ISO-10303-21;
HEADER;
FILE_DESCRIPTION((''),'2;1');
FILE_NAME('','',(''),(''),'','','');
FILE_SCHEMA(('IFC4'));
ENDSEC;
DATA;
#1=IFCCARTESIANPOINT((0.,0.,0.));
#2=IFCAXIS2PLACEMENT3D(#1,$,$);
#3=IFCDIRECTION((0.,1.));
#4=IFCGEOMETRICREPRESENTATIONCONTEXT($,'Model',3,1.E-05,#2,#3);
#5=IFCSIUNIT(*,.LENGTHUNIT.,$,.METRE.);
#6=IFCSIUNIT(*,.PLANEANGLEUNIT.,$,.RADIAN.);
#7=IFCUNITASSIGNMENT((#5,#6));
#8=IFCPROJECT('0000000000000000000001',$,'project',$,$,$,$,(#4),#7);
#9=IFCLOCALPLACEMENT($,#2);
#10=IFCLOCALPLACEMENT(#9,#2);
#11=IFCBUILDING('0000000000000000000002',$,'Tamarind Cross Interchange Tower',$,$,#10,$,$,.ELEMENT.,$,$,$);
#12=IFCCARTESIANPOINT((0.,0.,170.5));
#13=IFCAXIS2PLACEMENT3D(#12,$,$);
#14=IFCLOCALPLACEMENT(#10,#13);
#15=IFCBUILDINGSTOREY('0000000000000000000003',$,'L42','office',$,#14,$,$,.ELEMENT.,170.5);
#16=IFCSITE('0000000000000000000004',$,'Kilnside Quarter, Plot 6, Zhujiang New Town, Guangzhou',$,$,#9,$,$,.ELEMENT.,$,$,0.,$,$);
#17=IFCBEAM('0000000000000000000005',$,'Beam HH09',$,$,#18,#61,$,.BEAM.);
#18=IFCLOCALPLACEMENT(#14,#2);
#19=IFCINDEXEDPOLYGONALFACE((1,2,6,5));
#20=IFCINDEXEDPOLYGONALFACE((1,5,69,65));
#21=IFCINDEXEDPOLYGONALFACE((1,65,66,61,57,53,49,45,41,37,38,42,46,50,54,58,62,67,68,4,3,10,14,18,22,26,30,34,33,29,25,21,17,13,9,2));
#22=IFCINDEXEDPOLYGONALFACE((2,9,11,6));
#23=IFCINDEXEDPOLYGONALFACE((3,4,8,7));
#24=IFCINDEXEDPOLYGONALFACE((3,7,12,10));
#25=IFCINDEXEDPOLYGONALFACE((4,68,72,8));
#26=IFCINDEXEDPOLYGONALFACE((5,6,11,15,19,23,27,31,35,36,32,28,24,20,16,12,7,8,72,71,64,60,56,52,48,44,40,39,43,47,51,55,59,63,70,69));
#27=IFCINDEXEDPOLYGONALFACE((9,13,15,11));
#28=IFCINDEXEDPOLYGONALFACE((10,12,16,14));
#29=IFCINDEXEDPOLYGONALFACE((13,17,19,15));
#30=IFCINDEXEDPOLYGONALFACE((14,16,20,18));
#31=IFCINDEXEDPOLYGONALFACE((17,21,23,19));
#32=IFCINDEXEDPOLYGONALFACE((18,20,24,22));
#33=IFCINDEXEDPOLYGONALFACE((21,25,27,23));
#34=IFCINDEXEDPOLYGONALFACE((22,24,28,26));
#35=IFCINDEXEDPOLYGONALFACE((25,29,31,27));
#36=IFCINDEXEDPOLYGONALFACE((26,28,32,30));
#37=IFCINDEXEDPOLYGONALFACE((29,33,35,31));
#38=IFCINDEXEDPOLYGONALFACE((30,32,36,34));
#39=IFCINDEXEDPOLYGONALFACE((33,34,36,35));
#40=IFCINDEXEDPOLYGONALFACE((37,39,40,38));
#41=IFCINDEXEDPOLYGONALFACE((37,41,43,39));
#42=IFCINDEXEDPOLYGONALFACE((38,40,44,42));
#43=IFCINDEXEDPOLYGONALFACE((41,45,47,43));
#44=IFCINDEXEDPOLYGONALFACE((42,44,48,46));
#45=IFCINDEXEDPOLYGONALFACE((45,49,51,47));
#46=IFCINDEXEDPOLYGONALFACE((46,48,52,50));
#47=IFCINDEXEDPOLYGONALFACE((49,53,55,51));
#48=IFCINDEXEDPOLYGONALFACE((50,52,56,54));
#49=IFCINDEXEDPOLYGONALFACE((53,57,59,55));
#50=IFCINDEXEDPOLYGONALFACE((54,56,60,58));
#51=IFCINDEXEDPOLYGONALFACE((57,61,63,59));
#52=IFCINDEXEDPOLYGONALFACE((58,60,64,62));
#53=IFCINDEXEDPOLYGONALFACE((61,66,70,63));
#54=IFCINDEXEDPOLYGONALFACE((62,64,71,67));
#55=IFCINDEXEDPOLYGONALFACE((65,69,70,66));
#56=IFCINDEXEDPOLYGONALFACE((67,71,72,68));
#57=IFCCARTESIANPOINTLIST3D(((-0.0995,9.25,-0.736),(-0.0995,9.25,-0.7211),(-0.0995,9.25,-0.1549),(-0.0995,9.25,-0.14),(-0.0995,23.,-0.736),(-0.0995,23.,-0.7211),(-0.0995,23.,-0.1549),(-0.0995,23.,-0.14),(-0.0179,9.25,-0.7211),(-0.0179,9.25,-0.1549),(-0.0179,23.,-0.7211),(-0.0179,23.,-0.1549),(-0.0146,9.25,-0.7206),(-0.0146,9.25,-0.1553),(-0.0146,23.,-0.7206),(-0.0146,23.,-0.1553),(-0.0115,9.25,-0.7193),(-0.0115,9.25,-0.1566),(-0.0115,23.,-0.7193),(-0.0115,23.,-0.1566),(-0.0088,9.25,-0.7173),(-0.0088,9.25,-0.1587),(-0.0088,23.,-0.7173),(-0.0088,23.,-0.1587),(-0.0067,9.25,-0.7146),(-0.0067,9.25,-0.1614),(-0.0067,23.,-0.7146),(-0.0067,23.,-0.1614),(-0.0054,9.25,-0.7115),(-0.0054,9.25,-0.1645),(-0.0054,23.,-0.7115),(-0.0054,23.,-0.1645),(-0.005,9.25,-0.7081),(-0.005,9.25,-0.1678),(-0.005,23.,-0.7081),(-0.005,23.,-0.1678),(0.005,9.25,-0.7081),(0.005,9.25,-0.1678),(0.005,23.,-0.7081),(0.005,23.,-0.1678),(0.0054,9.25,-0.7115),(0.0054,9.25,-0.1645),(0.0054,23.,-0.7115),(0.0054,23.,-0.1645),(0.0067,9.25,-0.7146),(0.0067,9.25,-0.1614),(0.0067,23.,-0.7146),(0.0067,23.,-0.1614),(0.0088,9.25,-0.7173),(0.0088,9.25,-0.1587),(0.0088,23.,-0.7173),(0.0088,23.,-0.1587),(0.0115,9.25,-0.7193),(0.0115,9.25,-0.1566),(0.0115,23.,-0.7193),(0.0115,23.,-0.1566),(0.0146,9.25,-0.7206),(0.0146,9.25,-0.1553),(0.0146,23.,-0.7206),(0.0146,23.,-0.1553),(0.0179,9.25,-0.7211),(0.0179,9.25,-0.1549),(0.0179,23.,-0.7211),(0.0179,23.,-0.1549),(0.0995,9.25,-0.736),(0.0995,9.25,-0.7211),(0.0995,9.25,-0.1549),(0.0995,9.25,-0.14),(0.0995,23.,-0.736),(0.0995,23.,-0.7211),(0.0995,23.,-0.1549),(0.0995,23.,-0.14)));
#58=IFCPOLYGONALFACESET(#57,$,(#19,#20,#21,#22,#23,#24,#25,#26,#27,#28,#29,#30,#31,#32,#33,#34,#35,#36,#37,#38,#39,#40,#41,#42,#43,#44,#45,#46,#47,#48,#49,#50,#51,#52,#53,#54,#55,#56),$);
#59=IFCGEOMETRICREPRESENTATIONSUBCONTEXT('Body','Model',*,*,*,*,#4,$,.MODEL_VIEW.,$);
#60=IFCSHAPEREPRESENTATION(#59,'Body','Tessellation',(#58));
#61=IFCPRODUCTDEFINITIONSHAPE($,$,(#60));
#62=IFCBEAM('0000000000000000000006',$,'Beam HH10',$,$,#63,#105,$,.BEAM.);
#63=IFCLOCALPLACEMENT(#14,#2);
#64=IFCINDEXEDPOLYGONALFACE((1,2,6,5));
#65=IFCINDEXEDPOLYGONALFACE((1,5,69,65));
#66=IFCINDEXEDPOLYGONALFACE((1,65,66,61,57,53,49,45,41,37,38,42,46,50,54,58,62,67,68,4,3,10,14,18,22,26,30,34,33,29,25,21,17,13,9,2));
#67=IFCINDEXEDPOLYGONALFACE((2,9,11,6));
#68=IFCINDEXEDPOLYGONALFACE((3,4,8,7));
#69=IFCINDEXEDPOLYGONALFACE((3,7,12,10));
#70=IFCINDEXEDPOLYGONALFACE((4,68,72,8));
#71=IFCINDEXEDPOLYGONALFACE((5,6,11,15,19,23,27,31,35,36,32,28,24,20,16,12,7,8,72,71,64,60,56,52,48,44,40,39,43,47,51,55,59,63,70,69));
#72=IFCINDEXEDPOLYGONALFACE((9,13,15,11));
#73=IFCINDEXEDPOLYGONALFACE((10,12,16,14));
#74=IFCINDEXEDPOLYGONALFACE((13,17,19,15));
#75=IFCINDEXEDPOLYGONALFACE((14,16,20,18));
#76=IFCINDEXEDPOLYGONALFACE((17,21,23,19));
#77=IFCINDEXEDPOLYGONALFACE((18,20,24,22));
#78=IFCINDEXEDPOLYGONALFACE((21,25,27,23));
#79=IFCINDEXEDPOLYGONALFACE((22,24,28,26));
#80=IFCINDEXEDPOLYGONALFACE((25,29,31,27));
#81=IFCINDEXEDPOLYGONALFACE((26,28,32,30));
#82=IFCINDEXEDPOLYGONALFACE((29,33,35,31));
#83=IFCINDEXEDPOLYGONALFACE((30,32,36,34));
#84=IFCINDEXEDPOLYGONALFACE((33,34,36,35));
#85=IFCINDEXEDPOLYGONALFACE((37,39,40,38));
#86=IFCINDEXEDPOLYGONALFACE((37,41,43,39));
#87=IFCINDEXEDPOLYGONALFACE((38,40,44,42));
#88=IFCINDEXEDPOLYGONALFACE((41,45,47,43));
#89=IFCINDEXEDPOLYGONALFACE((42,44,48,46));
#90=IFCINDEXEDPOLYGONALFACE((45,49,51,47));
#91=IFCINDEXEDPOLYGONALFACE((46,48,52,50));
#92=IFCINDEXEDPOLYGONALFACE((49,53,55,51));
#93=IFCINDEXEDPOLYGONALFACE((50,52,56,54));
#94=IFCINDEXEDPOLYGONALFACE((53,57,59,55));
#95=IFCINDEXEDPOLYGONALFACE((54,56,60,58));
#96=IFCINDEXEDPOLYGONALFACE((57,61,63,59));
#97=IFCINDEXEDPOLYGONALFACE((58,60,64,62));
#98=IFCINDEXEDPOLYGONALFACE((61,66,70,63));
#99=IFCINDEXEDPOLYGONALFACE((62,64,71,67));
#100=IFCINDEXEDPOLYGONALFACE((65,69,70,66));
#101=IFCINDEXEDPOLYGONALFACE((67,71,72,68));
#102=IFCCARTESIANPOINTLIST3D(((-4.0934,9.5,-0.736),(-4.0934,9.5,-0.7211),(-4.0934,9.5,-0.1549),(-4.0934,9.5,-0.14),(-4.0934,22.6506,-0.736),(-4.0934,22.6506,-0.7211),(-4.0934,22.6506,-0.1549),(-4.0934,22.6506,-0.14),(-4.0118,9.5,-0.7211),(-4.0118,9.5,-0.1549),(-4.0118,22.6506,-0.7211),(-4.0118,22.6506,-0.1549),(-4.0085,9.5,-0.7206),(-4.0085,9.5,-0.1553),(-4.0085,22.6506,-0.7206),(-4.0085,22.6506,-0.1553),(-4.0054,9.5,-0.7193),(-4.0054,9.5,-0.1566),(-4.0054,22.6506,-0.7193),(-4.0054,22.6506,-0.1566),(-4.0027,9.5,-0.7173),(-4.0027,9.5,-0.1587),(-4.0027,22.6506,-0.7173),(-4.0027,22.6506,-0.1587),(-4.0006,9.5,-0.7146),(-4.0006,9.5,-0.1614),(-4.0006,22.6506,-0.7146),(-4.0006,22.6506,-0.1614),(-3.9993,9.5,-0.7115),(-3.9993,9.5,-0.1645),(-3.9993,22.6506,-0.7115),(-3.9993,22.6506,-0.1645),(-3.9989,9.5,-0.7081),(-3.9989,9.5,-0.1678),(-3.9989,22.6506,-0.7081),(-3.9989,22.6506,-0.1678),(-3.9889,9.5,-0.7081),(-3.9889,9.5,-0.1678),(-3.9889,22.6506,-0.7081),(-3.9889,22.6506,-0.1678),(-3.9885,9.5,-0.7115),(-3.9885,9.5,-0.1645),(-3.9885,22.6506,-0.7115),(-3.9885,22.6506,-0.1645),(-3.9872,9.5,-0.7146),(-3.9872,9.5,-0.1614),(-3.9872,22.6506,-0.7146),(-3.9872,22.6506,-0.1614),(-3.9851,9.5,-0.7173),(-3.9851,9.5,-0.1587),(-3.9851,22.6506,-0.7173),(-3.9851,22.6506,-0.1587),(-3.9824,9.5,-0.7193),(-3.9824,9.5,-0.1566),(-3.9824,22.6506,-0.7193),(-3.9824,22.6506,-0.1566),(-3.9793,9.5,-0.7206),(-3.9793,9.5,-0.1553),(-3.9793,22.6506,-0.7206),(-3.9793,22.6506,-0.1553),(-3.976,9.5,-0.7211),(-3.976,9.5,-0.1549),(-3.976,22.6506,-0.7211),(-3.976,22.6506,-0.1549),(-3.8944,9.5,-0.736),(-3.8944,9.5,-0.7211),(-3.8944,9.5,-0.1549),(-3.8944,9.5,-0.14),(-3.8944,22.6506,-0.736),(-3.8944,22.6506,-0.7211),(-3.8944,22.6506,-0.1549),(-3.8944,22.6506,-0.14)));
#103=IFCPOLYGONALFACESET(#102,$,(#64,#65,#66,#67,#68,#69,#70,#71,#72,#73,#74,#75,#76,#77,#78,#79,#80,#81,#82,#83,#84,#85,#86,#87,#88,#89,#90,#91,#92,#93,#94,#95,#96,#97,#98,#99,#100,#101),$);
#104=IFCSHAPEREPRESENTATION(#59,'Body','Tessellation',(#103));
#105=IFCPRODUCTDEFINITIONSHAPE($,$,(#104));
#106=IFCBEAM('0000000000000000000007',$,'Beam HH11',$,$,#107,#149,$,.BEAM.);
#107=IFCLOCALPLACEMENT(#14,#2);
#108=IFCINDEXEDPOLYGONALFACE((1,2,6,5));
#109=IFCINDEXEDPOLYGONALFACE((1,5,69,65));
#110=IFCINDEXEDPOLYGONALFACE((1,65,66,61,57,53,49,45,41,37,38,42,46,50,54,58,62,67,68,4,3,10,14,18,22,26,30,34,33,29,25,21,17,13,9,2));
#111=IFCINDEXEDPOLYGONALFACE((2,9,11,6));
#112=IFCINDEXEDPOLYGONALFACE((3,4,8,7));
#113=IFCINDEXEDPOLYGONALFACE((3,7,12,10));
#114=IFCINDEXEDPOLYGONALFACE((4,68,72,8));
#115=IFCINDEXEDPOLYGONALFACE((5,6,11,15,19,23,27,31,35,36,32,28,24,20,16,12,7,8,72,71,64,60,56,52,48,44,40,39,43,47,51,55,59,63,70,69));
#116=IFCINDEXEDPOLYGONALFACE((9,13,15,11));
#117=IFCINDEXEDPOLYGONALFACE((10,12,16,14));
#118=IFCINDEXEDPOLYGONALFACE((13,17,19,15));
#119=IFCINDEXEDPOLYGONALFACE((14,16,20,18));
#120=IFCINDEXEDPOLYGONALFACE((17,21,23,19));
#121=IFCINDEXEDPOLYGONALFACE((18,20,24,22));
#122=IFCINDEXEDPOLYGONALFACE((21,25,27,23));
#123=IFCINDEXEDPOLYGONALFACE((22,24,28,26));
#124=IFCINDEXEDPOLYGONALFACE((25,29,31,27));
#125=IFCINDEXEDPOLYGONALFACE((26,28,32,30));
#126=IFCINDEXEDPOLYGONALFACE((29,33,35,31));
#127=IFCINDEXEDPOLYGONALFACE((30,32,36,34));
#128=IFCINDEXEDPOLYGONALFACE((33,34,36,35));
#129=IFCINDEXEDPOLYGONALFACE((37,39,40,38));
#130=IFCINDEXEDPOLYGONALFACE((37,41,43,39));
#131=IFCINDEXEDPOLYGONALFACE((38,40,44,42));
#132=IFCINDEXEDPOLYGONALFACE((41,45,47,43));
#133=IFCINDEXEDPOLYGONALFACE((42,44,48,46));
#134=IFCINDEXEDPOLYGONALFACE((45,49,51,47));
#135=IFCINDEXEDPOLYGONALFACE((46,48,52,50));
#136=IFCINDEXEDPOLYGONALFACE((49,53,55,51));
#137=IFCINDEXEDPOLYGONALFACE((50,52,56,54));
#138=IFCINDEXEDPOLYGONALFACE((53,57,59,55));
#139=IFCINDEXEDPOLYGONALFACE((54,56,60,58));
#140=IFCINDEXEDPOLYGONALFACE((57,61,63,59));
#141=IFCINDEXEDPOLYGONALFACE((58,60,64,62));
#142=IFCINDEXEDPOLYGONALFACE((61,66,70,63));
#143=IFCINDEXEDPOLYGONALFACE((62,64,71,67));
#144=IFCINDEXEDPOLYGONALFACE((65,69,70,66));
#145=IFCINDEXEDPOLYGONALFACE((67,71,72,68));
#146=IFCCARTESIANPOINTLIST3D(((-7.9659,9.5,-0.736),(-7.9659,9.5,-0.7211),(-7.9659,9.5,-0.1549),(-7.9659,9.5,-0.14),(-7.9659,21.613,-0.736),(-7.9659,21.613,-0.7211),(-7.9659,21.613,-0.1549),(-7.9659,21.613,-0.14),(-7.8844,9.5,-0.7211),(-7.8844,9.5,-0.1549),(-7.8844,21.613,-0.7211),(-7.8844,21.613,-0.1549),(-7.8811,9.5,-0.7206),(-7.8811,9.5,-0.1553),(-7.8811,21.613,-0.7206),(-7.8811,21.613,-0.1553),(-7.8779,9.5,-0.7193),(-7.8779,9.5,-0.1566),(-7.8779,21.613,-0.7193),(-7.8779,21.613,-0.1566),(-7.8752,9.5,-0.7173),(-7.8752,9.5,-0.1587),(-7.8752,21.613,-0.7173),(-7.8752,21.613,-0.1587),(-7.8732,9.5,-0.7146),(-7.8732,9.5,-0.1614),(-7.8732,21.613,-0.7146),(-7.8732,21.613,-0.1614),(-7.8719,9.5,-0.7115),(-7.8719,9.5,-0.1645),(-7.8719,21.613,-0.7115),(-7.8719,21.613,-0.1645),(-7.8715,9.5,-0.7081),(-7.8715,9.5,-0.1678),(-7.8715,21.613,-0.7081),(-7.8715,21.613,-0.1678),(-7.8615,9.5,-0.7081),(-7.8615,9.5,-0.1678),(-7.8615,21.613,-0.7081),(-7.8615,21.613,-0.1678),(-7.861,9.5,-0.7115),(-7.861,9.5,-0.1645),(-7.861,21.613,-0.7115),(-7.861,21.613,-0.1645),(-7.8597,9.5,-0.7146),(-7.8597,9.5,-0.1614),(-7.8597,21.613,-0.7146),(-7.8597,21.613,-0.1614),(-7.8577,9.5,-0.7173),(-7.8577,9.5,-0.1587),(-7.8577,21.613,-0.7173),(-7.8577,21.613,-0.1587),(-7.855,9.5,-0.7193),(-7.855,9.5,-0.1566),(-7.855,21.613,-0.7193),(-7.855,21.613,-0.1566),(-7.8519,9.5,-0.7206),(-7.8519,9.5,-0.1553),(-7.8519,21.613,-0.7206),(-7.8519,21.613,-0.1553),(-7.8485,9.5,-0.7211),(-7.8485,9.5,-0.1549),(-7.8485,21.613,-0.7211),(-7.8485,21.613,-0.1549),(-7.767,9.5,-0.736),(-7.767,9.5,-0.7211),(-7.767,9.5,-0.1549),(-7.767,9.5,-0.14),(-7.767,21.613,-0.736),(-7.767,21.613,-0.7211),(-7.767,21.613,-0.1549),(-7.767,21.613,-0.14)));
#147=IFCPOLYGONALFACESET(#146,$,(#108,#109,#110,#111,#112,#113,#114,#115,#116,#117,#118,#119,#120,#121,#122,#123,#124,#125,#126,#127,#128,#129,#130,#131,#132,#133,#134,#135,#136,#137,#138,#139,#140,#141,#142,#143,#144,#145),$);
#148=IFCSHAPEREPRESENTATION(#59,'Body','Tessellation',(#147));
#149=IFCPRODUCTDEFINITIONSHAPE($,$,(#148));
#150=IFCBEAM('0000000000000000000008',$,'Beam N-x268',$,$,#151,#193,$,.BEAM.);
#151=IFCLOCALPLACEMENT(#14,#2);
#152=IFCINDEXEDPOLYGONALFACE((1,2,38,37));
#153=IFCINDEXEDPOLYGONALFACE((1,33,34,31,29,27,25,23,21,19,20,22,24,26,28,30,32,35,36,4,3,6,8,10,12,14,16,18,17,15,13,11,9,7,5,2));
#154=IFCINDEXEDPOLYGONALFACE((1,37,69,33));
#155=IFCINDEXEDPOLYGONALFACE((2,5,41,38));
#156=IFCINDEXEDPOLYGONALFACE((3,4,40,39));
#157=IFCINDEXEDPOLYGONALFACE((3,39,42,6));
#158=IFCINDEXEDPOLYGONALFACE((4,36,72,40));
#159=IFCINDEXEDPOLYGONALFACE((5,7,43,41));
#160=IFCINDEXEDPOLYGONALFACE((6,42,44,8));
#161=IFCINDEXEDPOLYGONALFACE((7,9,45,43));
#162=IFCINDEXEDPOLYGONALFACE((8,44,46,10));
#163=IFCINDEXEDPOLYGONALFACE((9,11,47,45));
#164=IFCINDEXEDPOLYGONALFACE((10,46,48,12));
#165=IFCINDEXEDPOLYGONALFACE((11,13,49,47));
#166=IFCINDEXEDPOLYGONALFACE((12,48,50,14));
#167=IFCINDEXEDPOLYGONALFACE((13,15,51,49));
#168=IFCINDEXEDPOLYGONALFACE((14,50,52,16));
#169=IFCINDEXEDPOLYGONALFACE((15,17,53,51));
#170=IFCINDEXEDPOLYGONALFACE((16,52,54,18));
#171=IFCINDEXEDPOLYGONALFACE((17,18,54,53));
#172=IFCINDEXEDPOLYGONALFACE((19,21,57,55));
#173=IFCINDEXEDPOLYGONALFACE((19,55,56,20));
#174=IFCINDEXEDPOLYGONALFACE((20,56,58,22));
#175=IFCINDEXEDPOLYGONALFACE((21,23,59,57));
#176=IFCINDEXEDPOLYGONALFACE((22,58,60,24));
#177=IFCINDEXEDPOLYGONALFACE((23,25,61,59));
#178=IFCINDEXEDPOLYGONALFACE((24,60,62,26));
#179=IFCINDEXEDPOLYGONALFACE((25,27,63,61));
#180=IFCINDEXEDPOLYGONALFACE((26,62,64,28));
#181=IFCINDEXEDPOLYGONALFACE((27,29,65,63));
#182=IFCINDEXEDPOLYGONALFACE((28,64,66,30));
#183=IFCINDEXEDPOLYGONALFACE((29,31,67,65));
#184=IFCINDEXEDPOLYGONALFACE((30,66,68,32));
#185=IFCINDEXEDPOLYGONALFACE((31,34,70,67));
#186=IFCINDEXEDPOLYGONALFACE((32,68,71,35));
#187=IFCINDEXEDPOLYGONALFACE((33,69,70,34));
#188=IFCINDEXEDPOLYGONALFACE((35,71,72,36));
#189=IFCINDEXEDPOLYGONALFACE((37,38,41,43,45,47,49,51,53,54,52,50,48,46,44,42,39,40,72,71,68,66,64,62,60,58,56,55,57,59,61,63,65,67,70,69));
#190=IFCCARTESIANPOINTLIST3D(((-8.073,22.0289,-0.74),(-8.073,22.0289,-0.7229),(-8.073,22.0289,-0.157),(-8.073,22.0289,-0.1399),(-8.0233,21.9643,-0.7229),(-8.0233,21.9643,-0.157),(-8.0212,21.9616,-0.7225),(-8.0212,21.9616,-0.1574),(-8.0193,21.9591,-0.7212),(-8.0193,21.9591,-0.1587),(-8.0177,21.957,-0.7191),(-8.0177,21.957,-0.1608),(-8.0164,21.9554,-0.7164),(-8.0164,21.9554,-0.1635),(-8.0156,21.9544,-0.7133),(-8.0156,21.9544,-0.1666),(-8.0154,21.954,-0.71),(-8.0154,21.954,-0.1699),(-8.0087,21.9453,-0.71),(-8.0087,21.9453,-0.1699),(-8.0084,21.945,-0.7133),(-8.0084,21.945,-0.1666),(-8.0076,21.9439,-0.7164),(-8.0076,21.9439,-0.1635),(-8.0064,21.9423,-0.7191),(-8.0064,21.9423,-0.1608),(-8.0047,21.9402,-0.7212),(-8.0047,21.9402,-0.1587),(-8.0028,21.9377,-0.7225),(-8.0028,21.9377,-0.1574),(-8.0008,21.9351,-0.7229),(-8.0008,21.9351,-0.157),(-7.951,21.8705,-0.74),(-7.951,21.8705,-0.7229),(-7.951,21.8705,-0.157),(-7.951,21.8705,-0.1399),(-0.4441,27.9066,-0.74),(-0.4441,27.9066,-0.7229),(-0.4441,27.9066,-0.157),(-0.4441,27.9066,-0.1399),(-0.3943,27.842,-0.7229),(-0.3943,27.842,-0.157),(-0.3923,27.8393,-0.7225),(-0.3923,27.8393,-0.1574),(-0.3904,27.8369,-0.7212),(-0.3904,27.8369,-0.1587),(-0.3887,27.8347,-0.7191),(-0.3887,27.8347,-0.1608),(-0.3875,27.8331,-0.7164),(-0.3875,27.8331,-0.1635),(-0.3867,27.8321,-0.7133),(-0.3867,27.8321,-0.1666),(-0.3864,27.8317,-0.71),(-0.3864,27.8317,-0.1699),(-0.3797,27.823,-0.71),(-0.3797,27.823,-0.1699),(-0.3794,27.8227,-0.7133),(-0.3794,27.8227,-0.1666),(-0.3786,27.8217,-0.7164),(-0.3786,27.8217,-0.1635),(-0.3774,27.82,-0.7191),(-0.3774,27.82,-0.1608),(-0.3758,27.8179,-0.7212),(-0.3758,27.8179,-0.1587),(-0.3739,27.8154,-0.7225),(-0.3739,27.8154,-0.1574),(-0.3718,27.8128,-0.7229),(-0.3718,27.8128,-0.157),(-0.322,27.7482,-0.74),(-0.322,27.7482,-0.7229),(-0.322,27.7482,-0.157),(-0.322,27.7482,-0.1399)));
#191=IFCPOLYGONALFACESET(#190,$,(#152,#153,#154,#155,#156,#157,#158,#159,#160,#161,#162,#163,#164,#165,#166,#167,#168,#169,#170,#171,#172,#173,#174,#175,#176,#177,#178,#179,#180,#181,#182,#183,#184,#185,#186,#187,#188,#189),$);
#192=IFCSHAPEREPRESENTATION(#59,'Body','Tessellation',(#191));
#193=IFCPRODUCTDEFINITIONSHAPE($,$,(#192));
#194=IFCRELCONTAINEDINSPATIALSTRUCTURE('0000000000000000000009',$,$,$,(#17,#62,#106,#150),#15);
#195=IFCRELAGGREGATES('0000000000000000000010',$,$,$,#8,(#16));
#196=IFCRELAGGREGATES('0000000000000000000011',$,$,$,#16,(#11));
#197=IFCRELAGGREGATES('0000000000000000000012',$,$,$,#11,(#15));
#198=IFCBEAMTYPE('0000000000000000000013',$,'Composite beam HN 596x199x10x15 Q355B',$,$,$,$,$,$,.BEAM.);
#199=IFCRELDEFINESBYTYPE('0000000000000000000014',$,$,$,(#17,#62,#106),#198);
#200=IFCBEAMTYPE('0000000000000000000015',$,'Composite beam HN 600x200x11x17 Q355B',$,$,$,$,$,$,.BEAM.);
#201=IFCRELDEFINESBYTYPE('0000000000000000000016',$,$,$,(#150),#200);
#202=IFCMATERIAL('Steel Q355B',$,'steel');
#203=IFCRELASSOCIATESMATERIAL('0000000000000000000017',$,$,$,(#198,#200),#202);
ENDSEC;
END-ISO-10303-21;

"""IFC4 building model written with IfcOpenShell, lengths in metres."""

from ifc_helpers import new_model, si_unit, direction, frame, origin, origin_2d, place, context, subcontext, project, spatial, i_section, extrude, material, material_profile, profile_set, type_object, element, save


model = new_model("IFC4")

# Units and contexts
model_context = context("Model", 3, precision=1e-05, world=origin(), true_north=direction((0.0, 1.0)))
body_context = subcontext(model_context, "Body", "Model", "MODEL_VIEW")
ifc_project = project(units=[si_unit("LENGTHUNIT", "METRE"), si_unit("PLANEANGLEUNIT", "RADIAN")], contexts=[model_context])

# Site, building, storey
site_placement = place(None, origin())
site = spatial("IfcSite", under=ifc_project, at=site_placement, Name="Kilnside Quarter, Plot 6, Zhujiang New Town, Guangzhou", CompositionType="ELEMENT", RefElevation=0.0)
building_placement = place(site_placement, origin())
building = spatial("IfcBuilding", under=site, at=building_placement, Name="Tamarind Cross Interchange Tower", CompositionType="ELEMENT")
storey_placement = place(building_placement, frame((0.0, 0.0, 170.5)))
storey = spatial("IfcBuildingStorey", under=building, at=storey_placement, Name="L42", Description="office", CompositionType="ELEMENT", Elevation=170.5)

# Beams
ifc_material_1 = material(Name="Steel Q355B", Category="steel")
ifc_material_profile_1 = material_profile(ifc_material_1, i_section(OverallWidth=0.199, OverallDepth=0.5959, WebThickness=0.01, FlangeThickness=0.0149, FilletRadius=0.0129, at=origin_2d()), Name="HN 596x199x10x15")
ifc_profile_set_1 = profile_set([ifc_material_profile_1], Name="Steel Q355B")
beam_type_1 = type_object("IfcBeamType", Name="Composite beam HN 596x199x10x15 Q355B", PredefinedType="BEAM", material=ifc_profile_set_1)
beam_1_placement = place(storey_placement, frame((0.0, 23.0, -0.438), z_axis=(0.0, -1.0, 0.0), x_axis=(1.0, 0.0, 0.0)))
element("IfcBeam", 1, at=beam_1_placement, inside=storey, type_object=beam_type_1, Name="Beam HH09", PredefinedType="BEAM", context=body_context, shape_type="SweptSolid", body=[
    extrude(i_section(OverallWidth=0.199, OverallDepth=0.5959, WebThickness=0.01, FlangeThickness=0.0149, FilletRadius=0.0129, at=origin_2d()), origin(), (0.0, 0.0, 1.0), 13.75),
])
beam_2_placement = place(storey_placement, frame((-3.9939, 22.6506, -0.438), z_axis=(0.0, -1.0, 0.0), x_axis=(1.0, 0.0, 0.0)))
element("IfcBeam", 2, at=beam_2_placement, inside=storey, type_object=beam_type_1, Name="Beam HH10", PredefinedType="BEAM", context=body_context, shape_type="SweptSolid", body=[
    extrude(i_section(OverallWidth=0.199, OverallDepth=0.5959, WebThickness=0.01, FlangeThickness=0.0149, FilletRadius=0.0129, at=origin_2d()), origin(), (0.0, 0.0, 1.0), 13.1506),
])
beam_3_placement = place(storey_placement, frame((-7.8665, 21.613, -0.438), z_axis=(0.0, -1.0, 0.0), x_axis=(1.0, 0.0, 0.0)))
element("IfcBeam", 3, at=beam_3_placement, inside=storey, type_object=beam_type_1, Name="Beam HH11", PredefinedType="BEAM", context=body_context, shape_type="SweptSolid", body=[
    extrude(i_section(OverallWidth=0.199, OverallDepth=0.5959, WebThickness=0.01, FlangeThickness=0.0149, FilletRadius=0.0129, at=origin_2d()), origin(), (0.0, 0.0, 1.0), 12.113),
])
ifc_material_profile_2 = material_profile(ifc_material_1, i_section(OverallWidth=0.2, OverallDepth=0.6001, WebThickness=0.011, FlangeThickness=0.0171, FilletRadius=0.0129, at=origin_2d()), Name="HN 600x200x11x17")
ifc_profile_set_2 = profile_set([ifc_material_profile_2], Name="Steel Q355B")
beam_type_2 = type_object("IfcBeamType", Name="Composite beam HN 600x200x11x17 Q355B", PredefinedType="BEAM", material=ifc_profile_set_2)
beam_4_placement = place(storey_placement, frame((-0.3831, 27.8274, -0.4399), z_axis=(-0.792157, -0.610317, 0.0), x_axis=(0.610317, -0.792157, 0.0)))
element("IfcBeam", 4, at=beam_4_placement, inside=storey, type_object=beam_type_2, Name="Beam N-x268", PredefinedType="BEAM", context=body_context, shape_type="SweptSolid", body=[
    extrude(i_section(OverallWidth=0.2, OverallDepth=0.6001, WebThickness=0.011, FlangeThickness=0.0171, FilletRadius=0.0129, at=origin_2d()), origin(), (0.0, 0.0, 1.0), 9.6306),
])

save(model, "model.ifc")
